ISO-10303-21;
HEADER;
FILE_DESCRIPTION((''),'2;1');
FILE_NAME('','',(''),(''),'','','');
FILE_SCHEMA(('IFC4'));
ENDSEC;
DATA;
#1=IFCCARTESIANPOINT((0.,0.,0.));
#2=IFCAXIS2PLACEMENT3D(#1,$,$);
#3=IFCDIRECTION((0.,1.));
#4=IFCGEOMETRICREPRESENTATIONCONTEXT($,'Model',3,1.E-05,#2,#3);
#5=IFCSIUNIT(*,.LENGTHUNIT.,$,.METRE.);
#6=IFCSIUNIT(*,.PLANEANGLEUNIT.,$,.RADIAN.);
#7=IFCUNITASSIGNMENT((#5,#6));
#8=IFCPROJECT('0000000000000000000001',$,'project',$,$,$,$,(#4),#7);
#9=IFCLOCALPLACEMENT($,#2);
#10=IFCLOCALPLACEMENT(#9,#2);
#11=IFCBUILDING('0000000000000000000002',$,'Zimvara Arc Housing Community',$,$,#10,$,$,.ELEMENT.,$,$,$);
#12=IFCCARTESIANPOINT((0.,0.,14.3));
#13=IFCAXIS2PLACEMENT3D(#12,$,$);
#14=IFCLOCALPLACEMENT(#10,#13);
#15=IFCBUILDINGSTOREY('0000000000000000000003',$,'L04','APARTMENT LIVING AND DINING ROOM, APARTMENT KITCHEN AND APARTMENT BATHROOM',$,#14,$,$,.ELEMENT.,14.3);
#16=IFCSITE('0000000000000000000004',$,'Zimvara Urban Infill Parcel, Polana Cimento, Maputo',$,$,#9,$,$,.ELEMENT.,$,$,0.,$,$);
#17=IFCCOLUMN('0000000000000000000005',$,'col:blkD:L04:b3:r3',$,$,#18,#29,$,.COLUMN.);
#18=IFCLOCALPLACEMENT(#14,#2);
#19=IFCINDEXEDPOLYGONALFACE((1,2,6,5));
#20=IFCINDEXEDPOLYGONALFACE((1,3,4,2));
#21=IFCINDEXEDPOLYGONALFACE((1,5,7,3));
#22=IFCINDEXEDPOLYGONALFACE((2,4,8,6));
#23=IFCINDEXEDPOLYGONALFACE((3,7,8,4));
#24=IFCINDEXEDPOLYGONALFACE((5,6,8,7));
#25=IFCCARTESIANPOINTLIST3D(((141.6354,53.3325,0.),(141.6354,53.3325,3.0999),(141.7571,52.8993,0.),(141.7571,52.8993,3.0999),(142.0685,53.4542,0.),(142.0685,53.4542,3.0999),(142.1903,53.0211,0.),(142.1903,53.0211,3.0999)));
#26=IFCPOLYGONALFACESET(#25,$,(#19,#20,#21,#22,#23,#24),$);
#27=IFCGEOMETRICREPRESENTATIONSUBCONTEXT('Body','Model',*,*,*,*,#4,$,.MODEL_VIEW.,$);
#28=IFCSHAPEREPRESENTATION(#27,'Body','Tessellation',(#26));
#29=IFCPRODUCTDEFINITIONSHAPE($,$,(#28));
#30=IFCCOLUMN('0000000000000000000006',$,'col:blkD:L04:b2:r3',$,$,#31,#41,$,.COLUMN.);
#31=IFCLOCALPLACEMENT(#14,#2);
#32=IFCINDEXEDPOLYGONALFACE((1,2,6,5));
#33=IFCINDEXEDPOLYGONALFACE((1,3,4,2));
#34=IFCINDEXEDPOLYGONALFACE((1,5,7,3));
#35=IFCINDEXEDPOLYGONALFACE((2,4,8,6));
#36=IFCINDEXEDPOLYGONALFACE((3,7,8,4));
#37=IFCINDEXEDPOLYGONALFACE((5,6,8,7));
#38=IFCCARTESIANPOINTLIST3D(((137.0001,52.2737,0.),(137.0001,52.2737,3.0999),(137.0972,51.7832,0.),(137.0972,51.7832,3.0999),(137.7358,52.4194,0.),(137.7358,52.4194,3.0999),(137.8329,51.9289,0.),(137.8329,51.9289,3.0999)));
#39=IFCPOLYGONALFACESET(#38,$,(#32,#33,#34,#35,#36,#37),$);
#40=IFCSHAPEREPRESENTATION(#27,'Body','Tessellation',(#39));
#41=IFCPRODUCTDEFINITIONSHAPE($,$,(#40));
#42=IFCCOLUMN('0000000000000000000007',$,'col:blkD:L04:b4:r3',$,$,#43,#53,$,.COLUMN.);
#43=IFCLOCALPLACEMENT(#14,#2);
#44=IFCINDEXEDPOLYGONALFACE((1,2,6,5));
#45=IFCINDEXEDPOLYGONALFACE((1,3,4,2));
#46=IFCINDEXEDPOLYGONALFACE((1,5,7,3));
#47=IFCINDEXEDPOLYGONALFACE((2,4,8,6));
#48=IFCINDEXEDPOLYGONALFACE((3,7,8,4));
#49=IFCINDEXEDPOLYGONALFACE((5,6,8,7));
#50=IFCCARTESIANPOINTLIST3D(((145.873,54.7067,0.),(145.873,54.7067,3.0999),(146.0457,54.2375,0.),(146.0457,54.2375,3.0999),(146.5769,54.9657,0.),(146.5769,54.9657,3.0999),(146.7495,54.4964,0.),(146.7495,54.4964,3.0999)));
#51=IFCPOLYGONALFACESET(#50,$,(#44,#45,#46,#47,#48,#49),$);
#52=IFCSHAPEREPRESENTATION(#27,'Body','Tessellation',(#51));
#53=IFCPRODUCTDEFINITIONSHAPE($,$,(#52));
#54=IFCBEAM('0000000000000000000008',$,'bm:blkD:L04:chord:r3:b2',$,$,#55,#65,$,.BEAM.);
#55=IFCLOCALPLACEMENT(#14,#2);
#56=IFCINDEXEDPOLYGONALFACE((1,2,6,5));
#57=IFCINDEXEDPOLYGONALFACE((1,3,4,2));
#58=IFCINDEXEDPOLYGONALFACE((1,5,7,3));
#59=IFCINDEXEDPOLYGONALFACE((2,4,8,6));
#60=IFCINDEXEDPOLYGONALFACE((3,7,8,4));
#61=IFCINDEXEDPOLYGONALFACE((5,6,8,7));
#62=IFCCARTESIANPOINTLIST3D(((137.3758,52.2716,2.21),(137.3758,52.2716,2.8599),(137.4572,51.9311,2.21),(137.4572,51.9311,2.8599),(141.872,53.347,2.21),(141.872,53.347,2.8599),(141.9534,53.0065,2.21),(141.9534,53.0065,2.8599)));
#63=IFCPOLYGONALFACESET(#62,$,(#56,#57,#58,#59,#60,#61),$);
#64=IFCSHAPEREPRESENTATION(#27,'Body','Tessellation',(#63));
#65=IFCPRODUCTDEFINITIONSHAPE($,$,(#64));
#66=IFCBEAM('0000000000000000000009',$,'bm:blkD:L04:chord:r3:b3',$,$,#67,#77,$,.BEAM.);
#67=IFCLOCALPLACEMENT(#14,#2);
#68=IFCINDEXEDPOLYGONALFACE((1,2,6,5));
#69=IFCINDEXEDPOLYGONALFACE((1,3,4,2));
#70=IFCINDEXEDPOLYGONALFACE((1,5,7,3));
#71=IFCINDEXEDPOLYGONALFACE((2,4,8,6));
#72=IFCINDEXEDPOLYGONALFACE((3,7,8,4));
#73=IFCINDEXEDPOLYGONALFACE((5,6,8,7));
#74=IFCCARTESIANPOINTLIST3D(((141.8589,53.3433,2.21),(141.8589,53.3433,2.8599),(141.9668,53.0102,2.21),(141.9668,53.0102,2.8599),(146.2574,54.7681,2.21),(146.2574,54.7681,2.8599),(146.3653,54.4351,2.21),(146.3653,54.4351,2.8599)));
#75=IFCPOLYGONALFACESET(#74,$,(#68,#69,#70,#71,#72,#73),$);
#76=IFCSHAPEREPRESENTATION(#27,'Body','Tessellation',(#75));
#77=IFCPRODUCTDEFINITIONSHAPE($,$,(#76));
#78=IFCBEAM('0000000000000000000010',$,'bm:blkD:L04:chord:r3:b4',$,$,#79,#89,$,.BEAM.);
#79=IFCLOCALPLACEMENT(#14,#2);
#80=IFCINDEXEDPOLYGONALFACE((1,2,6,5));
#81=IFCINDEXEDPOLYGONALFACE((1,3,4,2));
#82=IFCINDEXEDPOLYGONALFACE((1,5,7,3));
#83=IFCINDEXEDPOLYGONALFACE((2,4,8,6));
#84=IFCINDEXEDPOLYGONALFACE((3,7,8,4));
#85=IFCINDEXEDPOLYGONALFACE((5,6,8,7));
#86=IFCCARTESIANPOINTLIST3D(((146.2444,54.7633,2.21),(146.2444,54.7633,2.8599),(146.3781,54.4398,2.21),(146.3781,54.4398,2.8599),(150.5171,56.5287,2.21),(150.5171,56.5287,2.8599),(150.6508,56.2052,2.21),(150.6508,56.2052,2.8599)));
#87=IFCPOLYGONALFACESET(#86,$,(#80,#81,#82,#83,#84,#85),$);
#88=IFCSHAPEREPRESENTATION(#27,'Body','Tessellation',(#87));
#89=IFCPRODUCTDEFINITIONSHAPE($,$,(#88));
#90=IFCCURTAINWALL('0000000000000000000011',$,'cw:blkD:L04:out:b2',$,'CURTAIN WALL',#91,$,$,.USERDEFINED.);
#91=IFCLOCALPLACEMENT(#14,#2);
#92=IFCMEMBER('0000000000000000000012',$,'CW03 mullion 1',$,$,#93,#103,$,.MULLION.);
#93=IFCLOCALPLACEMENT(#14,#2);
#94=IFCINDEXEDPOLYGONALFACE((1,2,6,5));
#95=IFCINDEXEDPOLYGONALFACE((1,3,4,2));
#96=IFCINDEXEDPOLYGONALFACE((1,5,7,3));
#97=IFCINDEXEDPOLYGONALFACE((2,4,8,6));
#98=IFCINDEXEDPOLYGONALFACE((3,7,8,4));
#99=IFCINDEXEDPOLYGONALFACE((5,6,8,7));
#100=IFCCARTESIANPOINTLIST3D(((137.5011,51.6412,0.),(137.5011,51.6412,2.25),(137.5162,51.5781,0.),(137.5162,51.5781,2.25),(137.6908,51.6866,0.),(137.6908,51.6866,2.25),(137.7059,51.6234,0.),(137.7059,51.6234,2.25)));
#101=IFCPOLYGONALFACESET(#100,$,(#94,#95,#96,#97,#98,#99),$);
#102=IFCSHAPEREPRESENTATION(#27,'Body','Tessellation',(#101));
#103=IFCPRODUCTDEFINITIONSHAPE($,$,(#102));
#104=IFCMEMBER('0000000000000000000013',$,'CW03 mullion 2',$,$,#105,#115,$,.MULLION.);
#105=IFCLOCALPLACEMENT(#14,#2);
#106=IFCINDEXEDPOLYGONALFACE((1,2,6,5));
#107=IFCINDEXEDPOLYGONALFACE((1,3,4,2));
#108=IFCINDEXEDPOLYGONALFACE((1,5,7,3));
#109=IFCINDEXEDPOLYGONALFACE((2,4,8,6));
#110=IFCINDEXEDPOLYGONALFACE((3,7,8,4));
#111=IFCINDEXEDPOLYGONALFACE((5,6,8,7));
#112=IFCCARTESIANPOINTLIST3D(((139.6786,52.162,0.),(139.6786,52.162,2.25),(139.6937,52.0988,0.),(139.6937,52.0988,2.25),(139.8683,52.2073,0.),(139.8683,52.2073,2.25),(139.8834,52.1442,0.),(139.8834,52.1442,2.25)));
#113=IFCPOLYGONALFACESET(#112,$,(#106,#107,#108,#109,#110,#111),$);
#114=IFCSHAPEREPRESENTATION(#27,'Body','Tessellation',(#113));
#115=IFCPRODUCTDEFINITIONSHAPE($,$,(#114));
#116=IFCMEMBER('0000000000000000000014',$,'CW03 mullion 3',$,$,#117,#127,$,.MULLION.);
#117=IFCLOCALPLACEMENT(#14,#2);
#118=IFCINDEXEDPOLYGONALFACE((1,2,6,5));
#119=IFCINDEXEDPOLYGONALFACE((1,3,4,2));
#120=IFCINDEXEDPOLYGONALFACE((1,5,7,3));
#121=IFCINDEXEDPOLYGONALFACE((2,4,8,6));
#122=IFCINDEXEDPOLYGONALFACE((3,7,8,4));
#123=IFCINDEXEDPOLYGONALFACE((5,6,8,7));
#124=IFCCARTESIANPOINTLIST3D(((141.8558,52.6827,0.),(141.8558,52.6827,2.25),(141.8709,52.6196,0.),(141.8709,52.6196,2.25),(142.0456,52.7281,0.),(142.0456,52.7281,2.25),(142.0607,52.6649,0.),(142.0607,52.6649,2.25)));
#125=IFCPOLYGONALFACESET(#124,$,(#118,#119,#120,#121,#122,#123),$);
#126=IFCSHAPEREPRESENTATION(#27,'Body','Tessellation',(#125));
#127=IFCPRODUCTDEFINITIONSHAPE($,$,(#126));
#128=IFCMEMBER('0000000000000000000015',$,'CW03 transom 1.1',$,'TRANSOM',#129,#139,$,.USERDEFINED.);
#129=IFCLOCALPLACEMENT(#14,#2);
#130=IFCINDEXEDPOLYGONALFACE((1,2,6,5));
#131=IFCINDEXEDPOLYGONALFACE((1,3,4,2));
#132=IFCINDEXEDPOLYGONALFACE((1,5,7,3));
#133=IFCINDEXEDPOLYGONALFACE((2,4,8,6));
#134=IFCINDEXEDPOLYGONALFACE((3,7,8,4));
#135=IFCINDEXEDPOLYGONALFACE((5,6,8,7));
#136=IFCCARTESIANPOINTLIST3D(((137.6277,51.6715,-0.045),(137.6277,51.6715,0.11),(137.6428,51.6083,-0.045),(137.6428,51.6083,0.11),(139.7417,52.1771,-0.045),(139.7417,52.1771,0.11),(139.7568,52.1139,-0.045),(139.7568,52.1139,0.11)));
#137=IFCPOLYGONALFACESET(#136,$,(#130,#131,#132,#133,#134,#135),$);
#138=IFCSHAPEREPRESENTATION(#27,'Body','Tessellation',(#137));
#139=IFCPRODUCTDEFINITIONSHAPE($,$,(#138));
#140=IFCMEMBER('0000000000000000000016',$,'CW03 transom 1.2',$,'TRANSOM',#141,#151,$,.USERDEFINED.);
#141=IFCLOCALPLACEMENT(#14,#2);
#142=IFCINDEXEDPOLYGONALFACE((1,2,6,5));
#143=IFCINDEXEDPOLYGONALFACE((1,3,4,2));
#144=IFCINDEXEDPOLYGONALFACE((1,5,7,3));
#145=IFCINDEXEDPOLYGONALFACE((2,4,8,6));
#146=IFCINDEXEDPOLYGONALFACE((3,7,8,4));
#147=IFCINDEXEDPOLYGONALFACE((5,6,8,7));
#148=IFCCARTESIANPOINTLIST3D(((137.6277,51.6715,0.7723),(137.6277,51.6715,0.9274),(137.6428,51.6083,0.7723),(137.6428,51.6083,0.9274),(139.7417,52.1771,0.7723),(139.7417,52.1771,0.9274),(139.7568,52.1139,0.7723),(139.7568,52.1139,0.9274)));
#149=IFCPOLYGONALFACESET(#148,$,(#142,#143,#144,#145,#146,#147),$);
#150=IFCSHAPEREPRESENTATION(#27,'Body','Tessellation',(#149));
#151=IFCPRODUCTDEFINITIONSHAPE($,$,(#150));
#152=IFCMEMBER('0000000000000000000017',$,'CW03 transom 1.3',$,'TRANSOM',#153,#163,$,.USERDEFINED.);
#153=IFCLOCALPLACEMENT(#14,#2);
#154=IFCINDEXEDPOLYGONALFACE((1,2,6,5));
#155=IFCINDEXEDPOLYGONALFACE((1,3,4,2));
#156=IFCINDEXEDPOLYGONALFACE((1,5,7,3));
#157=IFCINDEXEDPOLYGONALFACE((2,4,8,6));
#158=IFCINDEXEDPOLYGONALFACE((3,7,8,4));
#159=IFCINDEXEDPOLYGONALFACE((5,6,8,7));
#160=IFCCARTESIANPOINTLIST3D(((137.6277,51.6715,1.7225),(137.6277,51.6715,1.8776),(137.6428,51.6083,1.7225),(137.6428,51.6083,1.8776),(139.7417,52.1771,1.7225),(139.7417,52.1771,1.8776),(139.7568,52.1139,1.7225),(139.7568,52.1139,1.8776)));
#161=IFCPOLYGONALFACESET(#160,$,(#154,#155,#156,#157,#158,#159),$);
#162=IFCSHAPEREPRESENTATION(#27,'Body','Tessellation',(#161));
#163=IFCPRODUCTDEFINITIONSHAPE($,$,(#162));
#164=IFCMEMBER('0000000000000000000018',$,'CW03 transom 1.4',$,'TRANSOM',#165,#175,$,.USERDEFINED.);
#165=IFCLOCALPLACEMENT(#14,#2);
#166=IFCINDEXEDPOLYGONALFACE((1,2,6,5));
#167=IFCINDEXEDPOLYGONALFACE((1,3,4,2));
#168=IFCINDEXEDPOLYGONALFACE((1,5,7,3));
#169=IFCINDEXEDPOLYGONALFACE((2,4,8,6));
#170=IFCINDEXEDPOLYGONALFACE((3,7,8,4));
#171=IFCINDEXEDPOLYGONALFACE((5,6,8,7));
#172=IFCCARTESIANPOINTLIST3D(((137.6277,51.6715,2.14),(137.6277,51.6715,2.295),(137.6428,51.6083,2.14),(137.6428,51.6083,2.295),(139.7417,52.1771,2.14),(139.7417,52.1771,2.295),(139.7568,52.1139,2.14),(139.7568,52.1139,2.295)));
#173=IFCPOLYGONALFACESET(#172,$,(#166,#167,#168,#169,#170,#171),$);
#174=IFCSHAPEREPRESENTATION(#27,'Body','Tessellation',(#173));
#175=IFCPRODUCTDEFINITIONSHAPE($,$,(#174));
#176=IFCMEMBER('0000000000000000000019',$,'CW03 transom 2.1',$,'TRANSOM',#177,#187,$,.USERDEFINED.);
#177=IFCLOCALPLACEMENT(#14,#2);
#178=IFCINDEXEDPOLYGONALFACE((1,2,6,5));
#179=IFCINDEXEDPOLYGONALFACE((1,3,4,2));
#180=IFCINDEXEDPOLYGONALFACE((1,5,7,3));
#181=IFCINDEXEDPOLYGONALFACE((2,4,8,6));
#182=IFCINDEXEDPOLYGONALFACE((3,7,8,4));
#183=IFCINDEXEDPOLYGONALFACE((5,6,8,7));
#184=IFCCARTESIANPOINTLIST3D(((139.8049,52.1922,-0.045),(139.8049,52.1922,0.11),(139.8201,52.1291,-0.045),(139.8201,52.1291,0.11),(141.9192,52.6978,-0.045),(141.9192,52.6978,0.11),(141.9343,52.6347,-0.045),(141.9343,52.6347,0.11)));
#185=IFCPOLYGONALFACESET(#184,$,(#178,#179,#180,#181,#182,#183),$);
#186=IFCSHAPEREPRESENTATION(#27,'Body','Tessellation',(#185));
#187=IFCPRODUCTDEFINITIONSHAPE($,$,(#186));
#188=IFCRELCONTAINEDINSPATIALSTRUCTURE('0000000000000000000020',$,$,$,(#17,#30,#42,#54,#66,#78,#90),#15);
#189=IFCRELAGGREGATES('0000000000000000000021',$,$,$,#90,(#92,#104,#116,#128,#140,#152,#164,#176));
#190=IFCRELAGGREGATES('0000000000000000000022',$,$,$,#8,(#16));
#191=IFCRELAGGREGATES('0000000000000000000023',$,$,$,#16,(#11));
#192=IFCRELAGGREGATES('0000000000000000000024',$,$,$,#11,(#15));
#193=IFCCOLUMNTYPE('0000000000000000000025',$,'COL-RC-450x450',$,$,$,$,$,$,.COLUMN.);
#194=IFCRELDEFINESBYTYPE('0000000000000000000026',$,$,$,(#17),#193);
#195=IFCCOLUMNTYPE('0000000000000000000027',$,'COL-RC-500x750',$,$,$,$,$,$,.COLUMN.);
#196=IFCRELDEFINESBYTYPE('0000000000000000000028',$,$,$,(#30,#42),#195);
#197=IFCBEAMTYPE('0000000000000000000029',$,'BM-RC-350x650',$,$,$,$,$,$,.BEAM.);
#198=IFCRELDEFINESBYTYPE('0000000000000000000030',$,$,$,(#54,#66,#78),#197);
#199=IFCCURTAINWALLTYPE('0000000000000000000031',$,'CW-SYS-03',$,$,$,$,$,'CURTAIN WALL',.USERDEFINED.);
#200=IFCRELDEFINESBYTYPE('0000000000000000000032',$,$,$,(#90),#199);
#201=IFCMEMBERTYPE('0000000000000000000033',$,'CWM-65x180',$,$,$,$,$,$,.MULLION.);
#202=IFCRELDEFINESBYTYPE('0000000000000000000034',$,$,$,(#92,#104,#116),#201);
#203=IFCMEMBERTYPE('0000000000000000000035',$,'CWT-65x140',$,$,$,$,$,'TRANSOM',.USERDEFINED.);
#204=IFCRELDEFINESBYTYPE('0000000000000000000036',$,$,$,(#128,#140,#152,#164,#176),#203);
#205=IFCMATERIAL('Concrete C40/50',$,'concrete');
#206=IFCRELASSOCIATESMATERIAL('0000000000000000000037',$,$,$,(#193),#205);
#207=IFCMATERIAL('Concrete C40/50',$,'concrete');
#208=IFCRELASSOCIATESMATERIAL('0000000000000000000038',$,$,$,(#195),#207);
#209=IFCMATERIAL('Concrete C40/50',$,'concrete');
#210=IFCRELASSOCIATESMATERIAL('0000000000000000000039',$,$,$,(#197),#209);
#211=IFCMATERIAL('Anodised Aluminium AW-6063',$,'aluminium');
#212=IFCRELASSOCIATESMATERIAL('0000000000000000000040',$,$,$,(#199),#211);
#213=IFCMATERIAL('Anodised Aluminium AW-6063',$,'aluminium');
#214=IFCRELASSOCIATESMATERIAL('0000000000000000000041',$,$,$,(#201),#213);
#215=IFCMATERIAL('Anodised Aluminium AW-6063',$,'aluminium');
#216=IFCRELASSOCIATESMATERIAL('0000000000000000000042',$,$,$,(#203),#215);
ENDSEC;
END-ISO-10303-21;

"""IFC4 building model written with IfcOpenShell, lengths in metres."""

from ifc_helpers import new_model, si_unit, direction, frame, origin, origin_2d, place, context, subcontext, project, spatial, rectangle, extrude, material, material_profile, profile_set, type_object, element, aggregate, save


model = new_model("IFC4")

# Units and contexts
model_context = context("Model", 3, precision=1e-05, world=origin(), true_north=direction((0.0, 1.0)))
body_context = subcontext(model_context, "Body", "Model", "MODEL_VIEW")
ifc_project = project(units=[si_unit("LENGTHUNIT", "METRE"), si_unit("PLANEANGLEUNIT", "RADIAN")], contexts=[model_context])

# Site, building, storey
site_placement = place(None, origin())
site = spatial("IfcSite", under=ifc_project, at=site_placement, Name="Zimvara Urban Infill Parcel, Polana Cimento, Maputo", CompositionType="ELEMENT", RefElevation=0.0)
building_placement = place(site_placement, origin())
building = spatial("IfcBuilding", under=site, at=building_placement, Name="Zimvara Arc Housing Community", CompositionType="ELEMENT")
storey_placement = place(building_placement, frame((0.0, 0.0, 14.3)))
storey = spatial("IfcBuildingStorey", under=building, at=storey_placement, Name="L04", Description="APARTMENT LIVING AND DINING ROOM, APARTMENT KITCHEN AND APARTMENT BATHROOM", CompositionType="ELEMENT", Elevation=14.3)

# Columns
ifc_material_1 = material(Name="Concrete C40/50", Category="concrete")
ifc_material_profile_1 = material_profile(ifc_material_1, rectangle(XDim=0.45, YDim=0.45, at=origin_2d()), Name="RC 450x450")
ifc_profile_set_1 = profile_set([ifc_material_profile_1], Name="Concrete C40/50")
column_type_1 = type_object("IfcColumnType", Name="COL-RC-450x450", PredefinedType="COLUMN", material=ifc_profile_set_1)
column_placement = place(storey_placement, frame((141.9128, 53.1768, 0.0), z_axis=(0.0, 0.0, 1.0), x_axis=(0.2706, -0.962692, 0.0)))
element("IfcColumn", 1, at=column_placement, inside=storey, type_object=column_type_1, Name="col:blkD:L04:b3:r3", PredefinedType="COLUMN", context=body_context, shape_type="SweptSolid", body=[
    extrude(rectangle(XDim=0.45, YDim=0.45, at=origin_2d()), origin(), (0.0, 0.0, 1.0), 3.0999),
])
ifc_material_2 = material(Name="Concrete C40/50", Category="concrete")
ifc_material_profile_2 = material_profile(ifc_material_2, rectangle(XDim=0.5, YDim=0.75, at=origin_2d()), Name="RC 500x750")
ifc_profile_set_2 = profile_set([ifc_material_profile_2], Name="Concrete C40/50")
column_type_2 = type_object("IfcColumnType", Name="COL-RC-500x750", PredefinedType="COLUMN", material=ifc_profile_set_2)
for number, where, z_axis, x_axis, name in (
    (2, (137.4165, 52.1013, 0.0), (0.0, 0.0, 1.0), (0.194234, -0.980955, 0.0), "col:blkD:L04:b2:r3"),
    (3, (146.3113, 54.6016, 0.0), (0.0, 0.0, 1.0), (0.345298, -0.938493, 0.0), "col:blkD:L04:b4:r3"),
):
    element("IfcColumn", number, at=place(storey_placement, frame(where, z_axis=z_axis, x_axis=x_axis)), inside=storey, type_object=column_type_2, Name=name, PredefinedType="COLUMN", context=body_context, shape_type="SweptSolid", body=[
        extrude(rectangle(XDim=0.5, YDim=0.75, at=origin_2d()), origin(), (0.0, 0.0, 1.0), 3.0999),
    ])

# Beams
ifc_material_3 = material(Name="Concrete C40/50", Category="concrete")
ifc_material_profile_3 = material_profile(ifc_material_3, rectangle(XDim=0.3501, YDim=0.6499, at=origin_2d()), Name="RC 350x650")
ifc_profile_set_3 = profile_set([ifc_material_profile_3], Name="Concrete C40/50")
beam_type = type_object("IfcBeamType", Name="BM-RC-350x650", PredefinedType="BEAM", material=ifc_profile_set_3)
beam_1_placement = place(storey_placement, frame((137.4165, 52.1013, 2.5349), z_axis=(0.972568, 0.23262, 0.0), x_axis=(-0.23262, 0.972568, 0.0)))
element("IfcBeam", 4, at=beam_1_placement, inside=storey, type_object=beam_type, Name="bm:blkD:L04:chord:r3:b2", PredefinedType="BEAM", context=body_context, shape_type="SweptSolid", body=[
    extrude(rectangle(XDim=0.3501, YDim=0.6499, at=origin_2d()), origin(), (0.0, 0.0, 1.0), 4.623),
])
beam_2_placement = place(storey_placement, frame((141.9128, 53.1768, 2.5349), z_axis=(0.951332, 0.308169, 0.0), x_axis=(-0.308169, 0.951332, 0.0)))
element("IfcBeam", 5, at=beam_2_placement, inside=storey, type_object=beam_type, Name="bm:blkD:L04:chord:r3:b3", PredefinedType="BEAM", context=body_context, shape_type="SweptSolid", body=[
    extrude(rectangle(XDim=0.3501, YDim=0.6499, at=origin_2d()), origin(), (0.0, 0.0, 1.0), 4.6235),
])
beam_3_placement = place(storey_placement, frame((146.3113, 54.6016, 2.5349), z_axis=(0.924218, 0.381865, 0.0), x_axis=(-0.381865, 0.924218, 0.0)))
element("IfcBeam", 6, at=beam_3_placement, inside=storey, type_object=beam_type, Name="bm:blkD:L04:chord:r3:b4", PredefinedType="BEAM", context=body_context, shape_type="SweptSolid", body=[
    extrude(rectangle(XDim=0.3501, YDim=0.6499, at=origin_2d()), origin(), (0.0, 0.0, 1.0), 4.623),
])

# Curtain wall, members
ifc_material_4 = material(Name="Anodised Aluminium AW-6063", Category="aluminium")
curtain_wall_type = type_object("IfcCurtainWallType", Name="CW-SYS-03", ElementType="CURTAIN WALL", PredefinedType="USERDEFINED", material=ifc_material_4)
curtain_wall_placement = place(storey_placement, origin())
curtain_wall = element("IfcCurtainWall", 7, at=curtain_wall_placement, inside=storey, type_object=curtain_wall_type, Name="cw:blkD:L04:out:b2", ObjectType="CURTAIN WALL", PredefinedType="USERDEFINED")
ifc_material_5 = material(Name="Anodised Aluminium AW-6063", Category="aluminium")
ifc_material_profile_4 = material_profile(ifc_material_5, rectangle(XDim=0.0649, YDim=0.1951, at=origin_2d()), Name="ALU 65x195")
ifc_profile_set_4 = profile_set([ifc_material_profile_4], Name="Anodised Aluminium AW-6063")
member_type_1 = type_object("IfcMemberType", Name="CWM-65x180", PredefinedType="MULLION", material=ifc_profile_set_4)
member_1_placement = place(storey_placement, frame((137.6035, 51.6323, 0.0), z_axis=(0.0, 0.0, 1.0), x_axis=(-0.232597, 0.972573, 0.0)))
member_1 = element("IfcMember", 8, at=member_1_placement, type_object=member_type_1, Name="CW03 mullion 1", PredefinedType="MULLION", context=body_context, shape_type="SweptSolid", body=[
    extrude(rectangle(XDim=0.0649, YDim=0.1951, at=origin_2d()), origin(), (0.0, 0.0, 1.0), 2.25),
])
member_2_placement = place(storey_placement, frame((139.781, 52.1531, 0.0), z_axis=(0.0, 0.0, 1.0), x_axis=(-0.232597, 0.972573, 0.0)))
member_2 = element("IfcMember", 9, at=member_2_placement, type_object=member_type_1, Name="CW03 mullion 2", PredefinedType="MULLION", context=body_context, shape_type="SweptSolid", body=[
    extrude(rectangle(XDim=0.0649, YDim=0.1951, at=origin_2d()), origin(), (0.0, 0.0, 1.0), 2.25),
])
member_3_placement = place(storey_placement, frame((141.9583, 52.6738, 0.0), z_axis=(0.0, 0.0, 1.0), x_axis=(-0.232597, 0.972573, 0.0)))
member_3 = element("IfcMember", 10, at=member_3_placement, type_object=member_type_1, Name="CW03 mullion 3", PredefinedType="MULLION", context=body_context, shape_type="SweptSolid", body=[
    extrude(rectangle(XDim=0.0649, YDim=0.1951, at=origin_2d()), origin(), (0.0, 0.0, 1.0), 2.25),
])
ifc_material_6 = material(Name="Anodised Aluminium AW-6063", Category="aluminium")
ifc_material_profile_5 = material_profile(ifc_material_6, rectangle(XDim=0.0649, YDim=0.155, at=origin_2d()), Name="ALU 65x155")
ifc_profile_set_5 = profile_set([ifc_material_profile_5], Name="Anodised Aluminium AW-6063")
member_type_2 = type_object("IfcMemberType", Name="CWT-65x140", ElementType="TRANSOM", PredefinedType="USERDEFINED", material=ifc_profile_set_5)
member_4_placement = place(storey_placement, frame((137.6353, 51.6399, 0.0325), z_axis=(0.97257, 0.232612, 0.0), x_axis=(-0.232612, 0.97257, 0.0)))
member_4 = element("IfcMember", 11, at=member_4_placement, type_object=member_type_2, Name="CW03 transom 1.1", ObjectType="TRANSOM", PredefinedType="USERDEFINED", context=body_context, shape_type="SweptSolid", body=[
    extrude(rectangle(XDim=0.0649, YDim=0.155, at=origin_2d()), origin(), (0.0, 0.0, 1.0), 2.1736),
])
member_5_placement = place(storey_placement, frame((137.6353, 51.6399, 0.8499), z_axis=(0.97257, 0.232612, 0.0), x_axis=(-0.232612, 0.97257, 0.0)))
member_5 = element("IfcMember", 12, at=member_5_placement, type_object=member_type_2, Name="CW03 transom 1.2", ObjectType="TRANSOM", PredefinedType="USERDEFINED", context=body_context, shape_type="SweptSolid", body=[
    extrude(rectangle(XDim=0.0649, YDim=0.155, at=origin_2d()), origin(), (0.0, 0.0, 1.0), 2.1736),
])
member_6_placement = place(storey_placement, frame((137.6353, 51.6399, 1.8), z_axis=(0.97257, 0.232612, 0.0), x_axis=(-0.232612, 0.97257, 0.0)))
member_6 = element("IfcMember", 13, at=member_6_placement, type_object=member_type_2, Name="CW03 transom 1.3", ObjectType="TRANSOM", PredefinedType="USERDEFINED", context=body_context, shape_type="SweptSolid", body=[
    extrude(rectangle(XDim=0.0649, YDim=0.155, at=origin_2d()), origin(), (0.0, 0.0, 1.0), 2.1736),
])
member_7_placement = place(storey_placement, frame((137.6353, 51.6399, 2.2175), z_axis=(0.97257, 0.232612, 0.0), x_axis=(-0.232612, 0.97257, 0.0)))
member_7 = element("IfcMember", 14, at=member_7_placement, type_object=member_type_2, Name="CW03 transom 1.4", ObjectType="TRANSOM", PredefinedType="USERDEFINED", context=body_context, shape_type="SweptSolid", body=[
    extrude(rectangle(XDim=0.0649, YDim=0.155, at=origin_2d()), origin(), (0.0, 0.0, 1.0), 2.1736),
])
member_8_placement = place(storey_placement, frame((139.8125, 52.1606, 0.0325), z_axis=(0.972576, 0.232587, 0.0), x_axis=(-0.232587, 0.972576, 0.0)))
member_8 = element("IfcMember", 15, at=member_8_placement, type_object=member_type_2, Name="CW03 transom 2.1", ObjectType="TRANSOM", PredefinedType="USERDEFINED", context=body_context, shape_type="SweptSolid", body=[
    extrude(rectangle(XDim=0.0649, YDim=0.155, at=origin_2d()), origin(), (0.0, 0.0, 1.0), 2.1738),
])
aggregate(curtain_wall, [member_1, member_2, member_3, member_4, member_5, member_6, member_7, member_8])

save(model, "model.ifc")
